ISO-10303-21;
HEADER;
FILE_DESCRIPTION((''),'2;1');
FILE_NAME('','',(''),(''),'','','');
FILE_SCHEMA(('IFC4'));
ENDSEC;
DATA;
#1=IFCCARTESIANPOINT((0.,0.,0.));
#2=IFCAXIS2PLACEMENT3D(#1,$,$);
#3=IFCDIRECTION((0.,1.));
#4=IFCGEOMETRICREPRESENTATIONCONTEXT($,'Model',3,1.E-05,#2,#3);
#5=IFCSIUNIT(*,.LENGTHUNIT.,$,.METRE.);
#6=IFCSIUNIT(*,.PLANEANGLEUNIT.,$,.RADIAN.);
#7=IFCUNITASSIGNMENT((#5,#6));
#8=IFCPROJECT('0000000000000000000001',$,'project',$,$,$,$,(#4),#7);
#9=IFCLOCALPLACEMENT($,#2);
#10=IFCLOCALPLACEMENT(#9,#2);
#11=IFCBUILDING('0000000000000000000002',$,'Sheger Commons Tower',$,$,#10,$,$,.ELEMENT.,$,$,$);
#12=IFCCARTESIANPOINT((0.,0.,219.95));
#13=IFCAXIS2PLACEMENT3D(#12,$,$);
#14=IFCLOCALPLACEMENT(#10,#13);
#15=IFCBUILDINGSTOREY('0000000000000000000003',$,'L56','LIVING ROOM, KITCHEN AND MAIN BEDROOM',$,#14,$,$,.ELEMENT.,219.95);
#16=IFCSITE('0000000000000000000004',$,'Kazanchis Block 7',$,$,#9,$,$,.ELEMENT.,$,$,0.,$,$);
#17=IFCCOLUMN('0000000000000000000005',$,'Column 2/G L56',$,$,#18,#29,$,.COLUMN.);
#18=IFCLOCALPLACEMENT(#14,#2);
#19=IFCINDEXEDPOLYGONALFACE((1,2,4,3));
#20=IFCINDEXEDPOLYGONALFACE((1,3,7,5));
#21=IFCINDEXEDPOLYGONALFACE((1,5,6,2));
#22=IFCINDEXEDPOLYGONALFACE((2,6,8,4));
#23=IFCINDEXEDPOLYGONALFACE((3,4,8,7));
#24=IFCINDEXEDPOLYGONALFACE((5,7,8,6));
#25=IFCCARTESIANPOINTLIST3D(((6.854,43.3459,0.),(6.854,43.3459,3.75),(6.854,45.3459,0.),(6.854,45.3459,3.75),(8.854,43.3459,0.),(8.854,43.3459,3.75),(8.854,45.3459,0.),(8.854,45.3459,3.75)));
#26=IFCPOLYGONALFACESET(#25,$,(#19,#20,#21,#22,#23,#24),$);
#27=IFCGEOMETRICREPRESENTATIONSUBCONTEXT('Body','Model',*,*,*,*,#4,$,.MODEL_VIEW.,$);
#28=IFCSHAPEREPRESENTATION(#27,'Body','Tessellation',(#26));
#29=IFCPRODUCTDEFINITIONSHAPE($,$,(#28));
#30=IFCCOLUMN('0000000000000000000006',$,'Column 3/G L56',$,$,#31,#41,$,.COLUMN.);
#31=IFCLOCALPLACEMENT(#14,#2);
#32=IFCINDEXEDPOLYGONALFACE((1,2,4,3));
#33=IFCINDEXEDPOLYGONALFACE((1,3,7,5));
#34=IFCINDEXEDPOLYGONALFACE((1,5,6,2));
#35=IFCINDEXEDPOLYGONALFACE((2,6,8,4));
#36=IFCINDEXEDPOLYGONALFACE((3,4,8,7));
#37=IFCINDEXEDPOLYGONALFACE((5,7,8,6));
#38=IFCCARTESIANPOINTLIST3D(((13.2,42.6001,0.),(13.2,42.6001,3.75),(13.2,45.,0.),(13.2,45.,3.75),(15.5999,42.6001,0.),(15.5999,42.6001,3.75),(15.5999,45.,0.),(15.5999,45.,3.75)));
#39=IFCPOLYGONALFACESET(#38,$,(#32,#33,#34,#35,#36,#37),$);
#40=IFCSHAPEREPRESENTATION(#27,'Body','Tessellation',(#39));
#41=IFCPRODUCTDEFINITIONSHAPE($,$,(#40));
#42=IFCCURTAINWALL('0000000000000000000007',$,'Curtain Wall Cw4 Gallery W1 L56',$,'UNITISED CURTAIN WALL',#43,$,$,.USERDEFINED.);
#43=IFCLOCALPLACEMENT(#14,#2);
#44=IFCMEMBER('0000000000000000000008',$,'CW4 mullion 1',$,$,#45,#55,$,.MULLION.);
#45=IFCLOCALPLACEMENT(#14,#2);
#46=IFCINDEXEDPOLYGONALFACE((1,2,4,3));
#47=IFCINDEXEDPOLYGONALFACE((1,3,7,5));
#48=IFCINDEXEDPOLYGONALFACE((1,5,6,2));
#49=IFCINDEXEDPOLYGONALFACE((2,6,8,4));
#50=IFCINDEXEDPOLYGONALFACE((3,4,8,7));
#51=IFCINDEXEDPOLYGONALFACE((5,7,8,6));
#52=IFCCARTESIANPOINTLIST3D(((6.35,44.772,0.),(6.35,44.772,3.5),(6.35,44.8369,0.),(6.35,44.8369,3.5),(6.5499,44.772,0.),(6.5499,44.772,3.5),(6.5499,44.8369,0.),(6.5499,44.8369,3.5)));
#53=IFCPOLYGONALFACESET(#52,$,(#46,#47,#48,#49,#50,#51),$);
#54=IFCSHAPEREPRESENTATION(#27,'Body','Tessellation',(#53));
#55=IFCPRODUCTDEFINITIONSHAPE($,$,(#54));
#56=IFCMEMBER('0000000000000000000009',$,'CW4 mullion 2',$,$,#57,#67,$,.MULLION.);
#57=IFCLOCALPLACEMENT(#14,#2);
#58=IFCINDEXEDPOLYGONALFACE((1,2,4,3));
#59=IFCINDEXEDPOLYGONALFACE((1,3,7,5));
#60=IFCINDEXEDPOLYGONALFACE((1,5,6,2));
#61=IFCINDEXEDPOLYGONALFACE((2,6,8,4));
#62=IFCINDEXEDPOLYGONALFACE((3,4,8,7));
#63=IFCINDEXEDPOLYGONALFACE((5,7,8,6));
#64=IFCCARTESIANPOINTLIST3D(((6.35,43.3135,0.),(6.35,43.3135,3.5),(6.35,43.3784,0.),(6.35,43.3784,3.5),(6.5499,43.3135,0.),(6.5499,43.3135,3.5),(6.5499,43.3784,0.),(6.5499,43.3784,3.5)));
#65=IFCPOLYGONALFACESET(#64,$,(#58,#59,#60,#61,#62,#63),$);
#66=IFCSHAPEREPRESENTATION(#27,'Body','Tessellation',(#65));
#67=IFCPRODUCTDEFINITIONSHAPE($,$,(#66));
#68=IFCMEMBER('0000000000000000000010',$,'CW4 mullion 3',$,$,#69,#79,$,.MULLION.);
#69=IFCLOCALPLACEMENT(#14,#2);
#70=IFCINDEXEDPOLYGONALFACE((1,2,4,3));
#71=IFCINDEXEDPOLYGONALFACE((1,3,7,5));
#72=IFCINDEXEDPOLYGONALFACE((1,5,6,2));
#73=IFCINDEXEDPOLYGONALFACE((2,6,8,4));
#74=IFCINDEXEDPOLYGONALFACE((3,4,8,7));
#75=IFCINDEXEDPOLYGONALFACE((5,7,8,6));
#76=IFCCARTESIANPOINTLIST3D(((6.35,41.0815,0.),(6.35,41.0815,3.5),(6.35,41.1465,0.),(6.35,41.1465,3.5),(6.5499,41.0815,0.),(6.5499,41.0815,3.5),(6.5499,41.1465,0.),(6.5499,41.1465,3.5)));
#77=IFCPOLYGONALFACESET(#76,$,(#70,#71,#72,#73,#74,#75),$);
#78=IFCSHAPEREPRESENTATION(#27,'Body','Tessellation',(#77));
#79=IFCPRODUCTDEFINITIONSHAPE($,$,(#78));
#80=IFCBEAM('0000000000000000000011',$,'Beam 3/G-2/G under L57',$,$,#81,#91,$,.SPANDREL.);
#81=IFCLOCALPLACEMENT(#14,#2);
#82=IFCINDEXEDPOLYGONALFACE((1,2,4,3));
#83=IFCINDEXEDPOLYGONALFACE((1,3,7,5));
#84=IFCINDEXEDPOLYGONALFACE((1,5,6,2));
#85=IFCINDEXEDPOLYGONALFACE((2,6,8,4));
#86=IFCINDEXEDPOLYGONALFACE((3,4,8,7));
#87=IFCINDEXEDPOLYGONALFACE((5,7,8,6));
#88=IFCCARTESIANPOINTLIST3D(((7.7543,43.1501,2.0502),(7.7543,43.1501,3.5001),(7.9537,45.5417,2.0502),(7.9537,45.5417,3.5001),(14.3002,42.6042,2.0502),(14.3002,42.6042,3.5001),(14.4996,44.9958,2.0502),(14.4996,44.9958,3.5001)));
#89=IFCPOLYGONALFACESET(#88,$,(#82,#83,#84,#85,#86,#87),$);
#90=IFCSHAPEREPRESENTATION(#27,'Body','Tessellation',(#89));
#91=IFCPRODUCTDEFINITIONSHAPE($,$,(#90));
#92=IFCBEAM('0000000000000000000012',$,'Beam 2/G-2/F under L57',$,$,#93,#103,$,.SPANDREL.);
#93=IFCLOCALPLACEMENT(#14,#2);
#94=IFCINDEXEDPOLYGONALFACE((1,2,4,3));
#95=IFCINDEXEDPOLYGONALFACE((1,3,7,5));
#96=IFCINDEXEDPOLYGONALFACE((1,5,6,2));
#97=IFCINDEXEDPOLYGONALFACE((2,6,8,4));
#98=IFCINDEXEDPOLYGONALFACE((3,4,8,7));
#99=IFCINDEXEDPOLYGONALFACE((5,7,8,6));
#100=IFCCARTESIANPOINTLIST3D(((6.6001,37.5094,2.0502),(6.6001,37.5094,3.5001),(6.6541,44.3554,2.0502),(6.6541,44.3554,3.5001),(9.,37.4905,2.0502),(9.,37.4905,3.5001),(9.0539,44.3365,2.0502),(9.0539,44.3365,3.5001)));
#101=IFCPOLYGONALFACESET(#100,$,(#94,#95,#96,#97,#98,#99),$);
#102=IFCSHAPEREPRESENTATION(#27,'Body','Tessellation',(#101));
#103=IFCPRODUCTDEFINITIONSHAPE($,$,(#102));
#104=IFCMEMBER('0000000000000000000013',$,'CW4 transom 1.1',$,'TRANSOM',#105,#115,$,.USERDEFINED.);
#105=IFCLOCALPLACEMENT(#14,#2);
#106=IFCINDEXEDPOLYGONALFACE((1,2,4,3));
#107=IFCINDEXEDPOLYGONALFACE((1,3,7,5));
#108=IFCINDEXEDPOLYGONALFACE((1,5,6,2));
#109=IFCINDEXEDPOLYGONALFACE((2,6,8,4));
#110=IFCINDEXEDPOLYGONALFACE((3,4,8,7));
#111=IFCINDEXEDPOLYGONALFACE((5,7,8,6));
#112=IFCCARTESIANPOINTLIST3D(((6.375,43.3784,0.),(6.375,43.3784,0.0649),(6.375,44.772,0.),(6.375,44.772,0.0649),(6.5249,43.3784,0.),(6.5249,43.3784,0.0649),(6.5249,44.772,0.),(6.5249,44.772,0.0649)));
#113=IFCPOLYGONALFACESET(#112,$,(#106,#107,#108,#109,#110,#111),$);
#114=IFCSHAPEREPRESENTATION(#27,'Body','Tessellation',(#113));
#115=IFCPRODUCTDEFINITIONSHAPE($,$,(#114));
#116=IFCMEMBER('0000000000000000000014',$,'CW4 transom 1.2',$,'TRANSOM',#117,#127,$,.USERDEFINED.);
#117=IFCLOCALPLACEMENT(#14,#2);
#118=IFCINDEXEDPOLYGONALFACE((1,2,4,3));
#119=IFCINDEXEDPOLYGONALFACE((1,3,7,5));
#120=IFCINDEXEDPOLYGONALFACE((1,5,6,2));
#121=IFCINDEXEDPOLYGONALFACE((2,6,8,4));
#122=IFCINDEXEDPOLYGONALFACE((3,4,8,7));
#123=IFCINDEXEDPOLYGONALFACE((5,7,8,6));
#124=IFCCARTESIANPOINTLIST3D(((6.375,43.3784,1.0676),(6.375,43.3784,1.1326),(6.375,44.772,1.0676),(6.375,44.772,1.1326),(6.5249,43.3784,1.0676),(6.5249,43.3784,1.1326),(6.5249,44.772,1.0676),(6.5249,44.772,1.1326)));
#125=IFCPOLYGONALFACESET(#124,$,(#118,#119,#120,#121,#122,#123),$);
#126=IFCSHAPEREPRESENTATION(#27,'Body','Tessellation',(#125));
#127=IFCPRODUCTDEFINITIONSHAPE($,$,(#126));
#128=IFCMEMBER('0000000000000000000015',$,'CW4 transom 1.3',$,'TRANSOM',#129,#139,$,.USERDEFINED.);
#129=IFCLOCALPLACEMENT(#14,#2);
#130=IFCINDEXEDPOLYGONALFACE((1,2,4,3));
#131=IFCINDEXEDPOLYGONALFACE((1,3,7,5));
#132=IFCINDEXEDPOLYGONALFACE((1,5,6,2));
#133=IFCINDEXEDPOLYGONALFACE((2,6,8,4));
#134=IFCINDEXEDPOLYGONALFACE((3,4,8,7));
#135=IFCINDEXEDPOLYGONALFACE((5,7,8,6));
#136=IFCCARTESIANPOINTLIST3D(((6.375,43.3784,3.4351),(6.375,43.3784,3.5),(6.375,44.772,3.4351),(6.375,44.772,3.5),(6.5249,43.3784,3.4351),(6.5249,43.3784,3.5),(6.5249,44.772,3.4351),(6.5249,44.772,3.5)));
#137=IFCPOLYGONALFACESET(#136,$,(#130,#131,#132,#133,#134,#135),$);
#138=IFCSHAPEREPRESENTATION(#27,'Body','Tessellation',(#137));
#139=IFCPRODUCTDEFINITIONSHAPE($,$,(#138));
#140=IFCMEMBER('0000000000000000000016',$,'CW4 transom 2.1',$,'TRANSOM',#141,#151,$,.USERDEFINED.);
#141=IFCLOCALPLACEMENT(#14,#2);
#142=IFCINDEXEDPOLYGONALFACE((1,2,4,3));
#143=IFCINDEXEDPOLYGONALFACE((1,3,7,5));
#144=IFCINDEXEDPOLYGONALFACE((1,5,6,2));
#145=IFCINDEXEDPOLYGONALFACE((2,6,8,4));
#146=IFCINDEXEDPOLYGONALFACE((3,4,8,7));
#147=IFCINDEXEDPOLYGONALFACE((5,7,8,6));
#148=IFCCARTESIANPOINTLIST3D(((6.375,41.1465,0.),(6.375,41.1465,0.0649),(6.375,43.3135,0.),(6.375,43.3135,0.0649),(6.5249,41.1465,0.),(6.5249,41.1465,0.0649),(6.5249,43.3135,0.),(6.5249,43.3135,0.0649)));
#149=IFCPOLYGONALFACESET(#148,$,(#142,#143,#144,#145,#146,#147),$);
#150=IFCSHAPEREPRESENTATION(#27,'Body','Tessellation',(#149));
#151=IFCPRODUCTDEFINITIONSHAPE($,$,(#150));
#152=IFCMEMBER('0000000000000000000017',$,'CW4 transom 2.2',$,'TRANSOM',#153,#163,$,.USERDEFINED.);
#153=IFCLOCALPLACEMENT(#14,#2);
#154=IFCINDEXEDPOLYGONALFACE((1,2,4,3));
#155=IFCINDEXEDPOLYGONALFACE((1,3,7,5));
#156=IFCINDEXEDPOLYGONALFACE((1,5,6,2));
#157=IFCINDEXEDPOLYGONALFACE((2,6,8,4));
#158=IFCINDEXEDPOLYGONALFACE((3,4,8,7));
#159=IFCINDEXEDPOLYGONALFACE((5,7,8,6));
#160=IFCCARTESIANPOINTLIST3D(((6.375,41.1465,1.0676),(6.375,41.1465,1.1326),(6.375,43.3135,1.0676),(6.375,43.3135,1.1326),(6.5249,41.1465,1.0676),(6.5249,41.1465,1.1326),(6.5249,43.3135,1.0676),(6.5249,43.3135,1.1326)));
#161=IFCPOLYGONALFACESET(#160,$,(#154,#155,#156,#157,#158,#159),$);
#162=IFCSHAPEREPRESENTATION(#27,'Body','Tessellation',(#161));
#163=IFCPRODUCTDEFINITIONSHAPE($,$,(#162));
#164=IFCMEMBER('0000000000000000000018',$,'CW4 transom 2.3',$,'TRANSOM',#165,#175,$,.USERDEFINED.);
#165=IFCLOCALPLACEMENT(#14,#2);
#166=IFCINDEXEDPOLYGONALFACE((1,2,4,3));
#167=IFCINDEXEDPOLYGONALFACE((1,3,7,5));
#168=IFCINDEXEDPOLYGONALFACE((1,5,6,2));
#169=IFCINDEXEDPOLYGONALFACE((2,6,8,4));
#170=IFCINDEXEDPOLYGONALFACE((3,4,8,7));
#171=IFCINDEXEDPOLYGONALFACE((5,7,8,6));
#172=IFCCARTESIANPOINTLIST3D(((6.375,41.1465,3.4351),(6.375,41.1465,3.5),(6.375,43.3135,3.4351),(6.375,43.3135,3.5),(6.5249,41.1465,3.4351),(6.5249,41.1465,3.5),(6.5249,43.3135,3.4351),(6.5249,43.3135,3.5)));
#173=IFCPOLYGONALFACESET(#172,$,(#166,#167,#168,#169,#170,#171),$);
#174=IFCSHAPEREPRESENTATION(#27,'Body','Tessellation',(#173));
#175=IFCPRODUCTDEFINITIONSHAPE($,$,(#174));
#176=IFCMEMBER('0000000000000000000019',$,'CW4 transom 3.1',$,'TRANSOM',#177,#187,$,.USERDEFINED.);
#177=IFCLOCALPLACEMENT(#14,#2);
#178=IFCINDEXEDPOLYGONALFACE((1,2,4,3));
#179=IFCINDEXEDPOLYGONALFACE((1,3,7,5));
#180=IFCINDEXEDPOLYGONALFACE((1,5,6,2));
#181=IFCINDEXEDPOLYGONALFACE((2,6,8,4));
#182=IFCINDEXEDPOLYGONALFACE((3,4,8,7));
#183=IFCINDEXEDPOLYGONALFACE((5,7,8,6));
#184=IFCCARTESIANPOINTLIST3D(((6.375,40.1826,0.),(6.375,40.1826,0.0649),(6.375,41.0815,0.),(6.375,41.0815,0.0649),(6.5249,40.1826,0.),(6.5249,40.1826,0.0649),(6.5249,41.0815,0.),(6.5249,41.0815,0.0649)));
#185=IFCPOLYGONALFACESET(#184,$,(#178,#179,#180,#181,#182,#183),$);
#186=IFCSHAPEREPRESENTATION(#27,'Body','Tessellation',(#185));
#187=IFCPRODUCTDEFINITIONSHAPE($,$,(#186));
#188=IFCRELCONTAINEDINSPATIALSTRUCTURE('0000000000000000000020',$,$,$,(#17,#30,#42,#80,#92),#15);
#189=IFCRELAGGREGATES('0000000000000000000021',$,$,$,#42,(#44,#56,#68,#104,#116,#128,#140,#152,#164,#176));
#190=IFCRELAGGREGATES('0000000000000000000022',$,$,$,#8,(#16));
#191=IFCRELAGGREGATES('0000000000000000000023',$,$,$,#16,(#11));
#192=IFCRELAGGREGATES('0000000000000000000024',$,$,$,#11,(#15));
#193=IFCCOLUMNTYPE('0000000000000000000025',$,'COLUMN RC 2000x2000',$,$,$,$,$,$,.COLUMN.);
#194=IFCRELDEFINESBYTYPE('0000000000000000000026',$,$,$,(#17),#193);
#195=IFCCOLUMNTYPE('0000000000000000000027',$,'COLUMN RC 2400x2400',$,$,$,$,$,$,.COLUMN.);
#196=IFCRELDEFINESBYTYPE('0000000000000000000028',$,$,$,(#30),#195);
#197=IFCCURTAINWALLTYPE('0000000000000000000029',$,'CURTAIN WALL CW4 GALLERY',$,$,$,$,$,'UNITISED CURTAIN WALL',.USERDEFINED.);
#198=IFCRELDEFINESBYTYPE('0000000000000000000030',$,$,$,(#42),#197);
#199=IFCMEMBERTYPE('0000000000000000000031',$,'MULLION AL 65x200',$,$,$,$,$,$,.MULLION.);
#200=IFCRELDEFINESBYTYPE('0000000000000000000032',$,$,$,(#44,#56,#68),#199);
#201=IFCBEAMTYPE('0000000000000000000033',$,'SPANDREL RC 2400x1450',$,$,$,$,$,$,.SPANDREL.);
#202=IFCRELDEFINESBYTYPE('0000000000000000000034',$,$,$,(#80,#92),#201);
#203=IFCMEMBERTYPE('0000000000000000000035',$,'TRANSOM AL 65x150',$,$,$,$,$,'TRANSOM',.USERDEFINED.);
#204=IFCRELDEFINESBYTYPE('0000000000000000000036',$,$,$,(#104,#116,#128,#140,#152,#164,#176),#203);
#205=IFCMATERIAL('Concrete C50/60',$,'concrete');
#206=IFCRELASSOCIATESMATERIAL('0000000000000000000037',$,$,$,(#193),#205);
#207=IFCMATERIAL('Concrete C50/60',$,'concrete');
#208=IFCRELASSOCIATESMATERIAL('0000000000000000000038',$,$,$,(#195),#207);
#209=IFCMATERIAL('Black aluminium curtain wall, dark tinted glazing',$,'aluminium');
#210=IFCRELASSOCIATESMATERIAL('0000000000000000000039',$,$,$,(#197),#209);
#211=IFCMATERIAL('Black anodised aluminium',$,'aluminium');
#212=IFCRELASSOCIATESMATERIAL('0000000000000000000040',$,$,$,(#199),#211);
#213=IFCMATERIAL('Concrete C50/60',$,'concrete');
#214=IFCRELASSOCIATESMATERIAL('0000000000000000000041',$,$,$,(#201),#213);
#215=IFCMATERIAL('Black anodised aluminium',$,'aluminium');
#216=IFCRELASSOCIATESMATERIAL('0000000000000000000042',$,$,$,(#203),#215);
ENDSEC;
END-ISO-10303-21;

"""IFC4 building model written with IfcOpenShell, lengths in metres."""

from ifc_helpers import new_model, si_unit, direction, frame, origin, origin_2d, place, context, subcontext, project, spatial, rectangle, extrude, material, material_profile, profile_set, type_object, element, aggregate, save


model = new_model("IFC4")

# Units and contexts
model_context = context("Model", 3, precision=1e-05, world=origin(), true_north=direction((0.0, 1.0)))
body_context = subcontext(model_context, "Body", "Model", "MODEL_VIEW")
ifc_project = project(units=[si_unit("LENGTHUNIT", "METRE"), si_unit("PLANEANGLEUNIT", "RADIAN")], contexts=[model_context])

# Site, building, storey
site_placement = place(None, origin())
site = spatial("IfcSite", under=ifc_project, at=site_placement, Name="Kazanchis Block 7", CompositionType="ELEMENT", RefElevation=0.0)
building_placement = place(site_placement, origin())
building = spatial("IfcBuilding", under=site, at=building_placement, Name="Sheger Commons Tower", CompositionType="ELEMENT")
storey_placement = place(building_placement, frame((0.0, 0.0, 219.95)))
storey = spatial("IfcBuildingStorey", under=building, at=storey_placement, Name="L56", Description="LIVING ROOM, KITCHEN AND MAIN BEDROOM", CompositionType="ELEMENT", Elevation=219.95)

# Columns
ifc_material_1 = material(Name="Concrete C50/60", Category="concrete")
ifc_material_profile_1 = material_profile(ifc_material_1, rectangle(XDim=2.0, YDim=2.0, at=origin_2d()), Name="RC 2000x2000")
ifc_profile_set_1 = profile_set([ifc_material_profile_1], Name="Concrete C50/60")
column_type_1 = type_object("IfcColumnType", Name="COLUMN RC 2000x2000", PredefinedType="COLUMN", material=ifc_profile_set_1)
column_1_placement = place(storey_placement, frame((7.854, 44.3459, 0.0), z_axis=(0.0, 0.0, 1.0), x_axis=(1.0, 0.0, 0.0)))
element("IfcColumn", 1, at=column_1_placement, inside=storey, type_object=column_type_1, Name="Column 2/G L56", PredefinedType="COLUMN", context=body_context, shape_type="SweptSolid", body=[
    extrude(rectangle(XDim=2.0, YDim=2.0, at=origin_2d()), origin(), (0.0, 0.0, 1.0), 3.75),
])
ifc_material_2 = material(Name="Concrete C50/60", Category="concrete")
ifc_material_profile_2 = material_profile(ifc_material_2, rectangle(XDim=2.3999, YDim=2.3999, at=origin_2d()), Name="RC 2400x2400")
ifc_profile_set_2 = profile_set([ifc_material_profile_2], Name="Concrete C50/60")
column_type_2 = type_object("IfcColumnType", Name="COLUMN RC 2400x2400", PredefinedType="COLUMN", material=ifc_profile_set_2)
column_2_placement = place(storey_placement, frame((14.3999, 43.8, 0.0), z_axis=(0.0, 0.0, 1.0), x_axis=(1.0, 0.0, 0.0)))
element("IfcColumn", 2, at=column_2_placement, inside=storey, type_object=column_type_2, Name="Column 3/G L56", PredefinedType="COLUMN", context=body_context, shape_type="SweptSolid", body=[
    extrude(rectangle(XDim=2.3999, YDim=2.3999, at=origin_2d()), origin(), (0.0, 0.0, 1.0), 3.75),
])

# Curtain wall, members
ifc_material_3 = material(Name="Black aluminium curtain wall, dark tinted glazing", Category="aluminium")
curtain_wall_type = type_object("IfcCurtainWallType", Name="CURTAIN WALL CW4 GALLERY", ElementType="UNITISED CURTAIN WALL", PredefinedType="USERDEFINED", material=ifc_material_3)
curtain_wall_placement = place(storey_placement, origin())
curtain_wall = element("IfcCurtainWall", 3, at=curtain_wall_placement, inside=storey, type_object=curtain_wall_type, Name="Curtain Wall Cw4 Gallery W1 L56", ObjectType="UNITISED CURTAIN WALL", PredefinedType="USERDEFINED")
ifc_material_4 = material(Name="Black anodised aluminium", Category="aluminium")
ifc_material_profile_3 = material_profile(ifc_material_4, rectangle(XDim=0.2, YDim=0.0649, at=origin_2d()), Name="AL 65x200")
ifc_profile_set_3 = profile_set([ifc_material_profile_3], Name="Black anodised aluminium")
member_type_1 = type_object("IfcMemberType", Name="MULLION AL 65x200", PredefinedType="MULLION", material=ifc_profile_set_3)
member_1_placement = place(storey_placement, frame((6.45, 44.8044, 0.0), z_axis=(0.0, 0.0, 1.0), x_axis=(1.0, 0.0, 0.0)))
member_1 = element("IfcMember", 4, at=member_1_placement, type_object=member_type_1, Name="CW4 mullion 1", PredefinedType="MULLION", context=body_context, shape_type="SweptSolid", body=[
    extrude(rectangle(XDim=0.2, YDim=0.0649, at=origin_2d()), origin(), (0.0, 0.0, 1.0), 3.5),
])
member_2_placement = place(storey_placement, frame((6.45, 43.3459, 0.0), z_axis=(0.0, 0.0, 1.0), x_axis=(1.0, 0.0, 0.0)))
member_2 = element("IfcMember", 5, at=member_2_placement, type_object=member_type_1, Name="CW4 mullion 2", PredefinedType="MULLION", context=body_context, shape_type="SweptSolid", body=[
    extrude(rectangle(XDim=0.2, YDim=0.0649, at=origin_2d()), origin(), (0.0, 0.0, 1.0), 3.5),
])
member_3_placement = place(storey_placement, frame((6.45, 41.114, 0.0), z_axis=(0.0, 0.0, 1.0), x_axis=(1.0, 0.0, 0.0)))
member_3 = element("IfcMember", 6, at=member_3_placement, type_object=member_type_1, Name="CW4 mullion 3", PredefinedType="MULLION", context=body_context, shape_type="SweptSolid", body=[
    extrude(rectangle(XDim=0.2, YDim=0.0649, at=origin_2d()), origin(), (0.0, 0.0, 1.0), 3.5),
])

# Beams
ifc_material_5 = material(Name="Concrete C50/60", Category="concrete")
ifc_material_profile_4 = material_profile(ifc_material_5, rectangle(XDim=2.3999, YDim=1.45, at=origin_2d()), Name="RC 2400x1450")
ifc_profile_set_4 = profile_set([ifc_material_profile_4], Name="Concrete C50/60")
beam_type = type_object("IfcBeamType", Name="SPANDREL RC 2400x1450", PredefinedType="SPANDREL", material=ifc_profile_set_4)
beam_1_placement = place(storey_placement, frame((14.3999, 43.8, 2.7751), z_axis=(-0.996541, 0.083107, 0.0), x_axis=(-0.083107, -0.996541, 0.0)))
element("IfcBeam", 7, at=beam_1_placement, inside=storey, type_object=beam_type, Name="Beam 3/G-2/G under L57", PredefinedType="SPANDREL", context=body_context, shape_type="SweptSolid", body=[
    extrude(rectangle(XDim=2.3999, YDim=1.45, at=origin_2d()), origin(), (0.0, 0.0, 1.0), 6.5686),
])
beam_2_placement = place(storey_placement, frame((7.854, 44.3459, 2.7751), z_axis=(-0.007881, -0.999969, 0.0), x_axis=(0.999969, -0.007881, 0.0)))
element("IfcBeam", 8, at=beam_2_placement, inside=storey, type_object=beam_type, Name="Beam 2/G-2/F under L57", PredefinedType="SPANDREL", context=body_context, shape_type="SweptSolid", body=[
    extrude(rectangle(XDim=2.3999, YDim=1.45, at=origin_2d()), origin(), (0.0, 0.0, 1.0), 6.8462),
])

# Members
ifc_material_6 = material(Name="Black anodised aluminium", Category="aluminium")
ifc_material_profile_5 = material_profile(ifc_material_6, rectangle(XDim=0.1499, YDim=0.0649, at=origin_2d()), Name="AL 65x150")
ifc_profile_set_5 = profile_set([ifc_material_profile_5], Name="Black anodised aluminium")
member_type_2 = type_object("IfcMemberType", Name="TRANSOM AL 65x150", ElementType="TRANSOM", PredefinedType="USERDEFINED", material=ifc_profile_set_5)
member_4_placement = place(storey_placement, frame((6.45, 44.772, 0.0325), z_axis=(0.0, -1.0, 0.0), x_axis=(1.0, 0.0, 0.0)))
member_4 = element("IfcMember", 9, at=member_4_placement, type_object=member_type_2, Name="CW4 transom 1.1", ObjectType="TRANSOM", PredefinedType="USERDEFINED", context=body_context, shape_type="SweptSolid", body=[
    extrude(rectangle(XDim=0.1499, YDim=0.0649, at=origin_2d()), origin(), (0.0, 0.0, 1.0), 1.3936),
])
member_5_placement = place(storey_placement, frame((6.45, 44.772, 1.1001), z_axis=(0.0, -1.0, 0.0), x_axis=(1.0, 0.0, 0.0)))
member_5 = element("IfcMember", 10, at=member_5_placement, type_object=member_type_2, Name="CW4 transom 1.2", ObjectType="TRANSOM", PredefinedType="USERDEFINED", context=body_context, shape_type="SweptSolid", body=[
    extrude(rectangle(XDim=0.1499, YDim=0.0649, at=origin_2d()), origin(), (0.0, 0.0, 1.0), 1.3936),
])
member_6_placement = place(storey_placement, frame((6.45, 44.772, 3.4675), z_axis=(0.0, -1.0, 0.0), x_axis=(1.0, 0.0, 0.0)))
member_6 = element("IfcMember", 11, at=member_6_placement, type_object=member_type_2, Name="CW4 transom 1.3", ObjectType="TRANSOM", PredefinedType="USERDEFINED", context=body_context, shape_type="SweptSolid", body=[
    extrude(rectangle(XDim=0.1499, YDim=0.0649, at=origin_2d()), origin(), (0.0, 0.0, 1.0), 1.3936),
])
member_7_placement = place(storey_placement, frame((6.45, 43.3135, 0.0325), z_axis=(0.0, -1.0, 0.0), x_axis=(1.0, 0.0, 0.0)))
member_7 = element("IfcMember", 12, at=member_7_placement, type_object=member_type_2, Name="CW4 transom 2.1", ObjectType="TRANSOM", PredefinedType="USERDEFINED", context=body_context, shape_type="SweptSolid", body=[
    extrude(rectangle(XDim=0.1499, YDim=0.0649, at=origin_2d()), origin(), (0.0, 0.0, 1.0), 2.167),
])
member_8_placement = place(storey_placement, frame((6.45, 43.3135, 1.1001), z_axis=(0.0, -1.0, 0.0), x_axis=(1.0, 0.0, 0.0)))
member_8 = element("IfcMember", 13, at=member_8_placement, type_object=member_type_2, Name="CW4 transom 2.2", ObjectType="TRANSOM", PredefinedType="USERDEFINED", context=body_context, shape_type="SweptSolid", body=[
    extrude(rectangle(XDim=0.1499, YDim=0.0649, at=origin_2d()), origin(), (0.0, 0.0, 1.0), 2.167),
])
member_9_placement = place(storey_placement, frame((6.45, 43.3135, 3.4675), z_axis=(0.0, -1.0, 0.0), x_axis=(1.0, 0.0, 0.0)))
member_9 = element("IfcMember", 14, at=member_9_placement, type_object=member_type_2, Name="CW4 transom 2.3", ObjectType="TRANSOM", PredefinedType="USERDEFINED", context=body_context, shape_type="SweptSolid", body=[
    extrude(rectangle(XDim=0.1499, YDim=0.0649, at=origin_2d()), origin(), (0.0, 0.0, 1.0), 2.167),
])
member_10_placement = place(storey_placement, frame((6.45, 41.0815, 0.0325), z_axis=(0.0, -1.0, 0.0), x_axis=(1.0, 0.0, 0.0)))
member_10 = element("IfcMember", 15, at=member_10_placement, type_object=member_type_2, Name="CW4 transom 3.1", ObjectType="TRANSOM", PredefinedType="USERDEFINED", context=body_context, shape_type="SweptSolid", body=[
    extrude(rectangle(XDim=0.1499, YDim=0.0649, at=origin_2d()), origin(), (0.0, 0.0, 1.0), 0.8989),
])

aggregate(curtain_wall, [member_1, member_2, member_3, member_4, member_5, member_6, member_7, member_8, member_9, member_10])

save(model, "model.ifc")
